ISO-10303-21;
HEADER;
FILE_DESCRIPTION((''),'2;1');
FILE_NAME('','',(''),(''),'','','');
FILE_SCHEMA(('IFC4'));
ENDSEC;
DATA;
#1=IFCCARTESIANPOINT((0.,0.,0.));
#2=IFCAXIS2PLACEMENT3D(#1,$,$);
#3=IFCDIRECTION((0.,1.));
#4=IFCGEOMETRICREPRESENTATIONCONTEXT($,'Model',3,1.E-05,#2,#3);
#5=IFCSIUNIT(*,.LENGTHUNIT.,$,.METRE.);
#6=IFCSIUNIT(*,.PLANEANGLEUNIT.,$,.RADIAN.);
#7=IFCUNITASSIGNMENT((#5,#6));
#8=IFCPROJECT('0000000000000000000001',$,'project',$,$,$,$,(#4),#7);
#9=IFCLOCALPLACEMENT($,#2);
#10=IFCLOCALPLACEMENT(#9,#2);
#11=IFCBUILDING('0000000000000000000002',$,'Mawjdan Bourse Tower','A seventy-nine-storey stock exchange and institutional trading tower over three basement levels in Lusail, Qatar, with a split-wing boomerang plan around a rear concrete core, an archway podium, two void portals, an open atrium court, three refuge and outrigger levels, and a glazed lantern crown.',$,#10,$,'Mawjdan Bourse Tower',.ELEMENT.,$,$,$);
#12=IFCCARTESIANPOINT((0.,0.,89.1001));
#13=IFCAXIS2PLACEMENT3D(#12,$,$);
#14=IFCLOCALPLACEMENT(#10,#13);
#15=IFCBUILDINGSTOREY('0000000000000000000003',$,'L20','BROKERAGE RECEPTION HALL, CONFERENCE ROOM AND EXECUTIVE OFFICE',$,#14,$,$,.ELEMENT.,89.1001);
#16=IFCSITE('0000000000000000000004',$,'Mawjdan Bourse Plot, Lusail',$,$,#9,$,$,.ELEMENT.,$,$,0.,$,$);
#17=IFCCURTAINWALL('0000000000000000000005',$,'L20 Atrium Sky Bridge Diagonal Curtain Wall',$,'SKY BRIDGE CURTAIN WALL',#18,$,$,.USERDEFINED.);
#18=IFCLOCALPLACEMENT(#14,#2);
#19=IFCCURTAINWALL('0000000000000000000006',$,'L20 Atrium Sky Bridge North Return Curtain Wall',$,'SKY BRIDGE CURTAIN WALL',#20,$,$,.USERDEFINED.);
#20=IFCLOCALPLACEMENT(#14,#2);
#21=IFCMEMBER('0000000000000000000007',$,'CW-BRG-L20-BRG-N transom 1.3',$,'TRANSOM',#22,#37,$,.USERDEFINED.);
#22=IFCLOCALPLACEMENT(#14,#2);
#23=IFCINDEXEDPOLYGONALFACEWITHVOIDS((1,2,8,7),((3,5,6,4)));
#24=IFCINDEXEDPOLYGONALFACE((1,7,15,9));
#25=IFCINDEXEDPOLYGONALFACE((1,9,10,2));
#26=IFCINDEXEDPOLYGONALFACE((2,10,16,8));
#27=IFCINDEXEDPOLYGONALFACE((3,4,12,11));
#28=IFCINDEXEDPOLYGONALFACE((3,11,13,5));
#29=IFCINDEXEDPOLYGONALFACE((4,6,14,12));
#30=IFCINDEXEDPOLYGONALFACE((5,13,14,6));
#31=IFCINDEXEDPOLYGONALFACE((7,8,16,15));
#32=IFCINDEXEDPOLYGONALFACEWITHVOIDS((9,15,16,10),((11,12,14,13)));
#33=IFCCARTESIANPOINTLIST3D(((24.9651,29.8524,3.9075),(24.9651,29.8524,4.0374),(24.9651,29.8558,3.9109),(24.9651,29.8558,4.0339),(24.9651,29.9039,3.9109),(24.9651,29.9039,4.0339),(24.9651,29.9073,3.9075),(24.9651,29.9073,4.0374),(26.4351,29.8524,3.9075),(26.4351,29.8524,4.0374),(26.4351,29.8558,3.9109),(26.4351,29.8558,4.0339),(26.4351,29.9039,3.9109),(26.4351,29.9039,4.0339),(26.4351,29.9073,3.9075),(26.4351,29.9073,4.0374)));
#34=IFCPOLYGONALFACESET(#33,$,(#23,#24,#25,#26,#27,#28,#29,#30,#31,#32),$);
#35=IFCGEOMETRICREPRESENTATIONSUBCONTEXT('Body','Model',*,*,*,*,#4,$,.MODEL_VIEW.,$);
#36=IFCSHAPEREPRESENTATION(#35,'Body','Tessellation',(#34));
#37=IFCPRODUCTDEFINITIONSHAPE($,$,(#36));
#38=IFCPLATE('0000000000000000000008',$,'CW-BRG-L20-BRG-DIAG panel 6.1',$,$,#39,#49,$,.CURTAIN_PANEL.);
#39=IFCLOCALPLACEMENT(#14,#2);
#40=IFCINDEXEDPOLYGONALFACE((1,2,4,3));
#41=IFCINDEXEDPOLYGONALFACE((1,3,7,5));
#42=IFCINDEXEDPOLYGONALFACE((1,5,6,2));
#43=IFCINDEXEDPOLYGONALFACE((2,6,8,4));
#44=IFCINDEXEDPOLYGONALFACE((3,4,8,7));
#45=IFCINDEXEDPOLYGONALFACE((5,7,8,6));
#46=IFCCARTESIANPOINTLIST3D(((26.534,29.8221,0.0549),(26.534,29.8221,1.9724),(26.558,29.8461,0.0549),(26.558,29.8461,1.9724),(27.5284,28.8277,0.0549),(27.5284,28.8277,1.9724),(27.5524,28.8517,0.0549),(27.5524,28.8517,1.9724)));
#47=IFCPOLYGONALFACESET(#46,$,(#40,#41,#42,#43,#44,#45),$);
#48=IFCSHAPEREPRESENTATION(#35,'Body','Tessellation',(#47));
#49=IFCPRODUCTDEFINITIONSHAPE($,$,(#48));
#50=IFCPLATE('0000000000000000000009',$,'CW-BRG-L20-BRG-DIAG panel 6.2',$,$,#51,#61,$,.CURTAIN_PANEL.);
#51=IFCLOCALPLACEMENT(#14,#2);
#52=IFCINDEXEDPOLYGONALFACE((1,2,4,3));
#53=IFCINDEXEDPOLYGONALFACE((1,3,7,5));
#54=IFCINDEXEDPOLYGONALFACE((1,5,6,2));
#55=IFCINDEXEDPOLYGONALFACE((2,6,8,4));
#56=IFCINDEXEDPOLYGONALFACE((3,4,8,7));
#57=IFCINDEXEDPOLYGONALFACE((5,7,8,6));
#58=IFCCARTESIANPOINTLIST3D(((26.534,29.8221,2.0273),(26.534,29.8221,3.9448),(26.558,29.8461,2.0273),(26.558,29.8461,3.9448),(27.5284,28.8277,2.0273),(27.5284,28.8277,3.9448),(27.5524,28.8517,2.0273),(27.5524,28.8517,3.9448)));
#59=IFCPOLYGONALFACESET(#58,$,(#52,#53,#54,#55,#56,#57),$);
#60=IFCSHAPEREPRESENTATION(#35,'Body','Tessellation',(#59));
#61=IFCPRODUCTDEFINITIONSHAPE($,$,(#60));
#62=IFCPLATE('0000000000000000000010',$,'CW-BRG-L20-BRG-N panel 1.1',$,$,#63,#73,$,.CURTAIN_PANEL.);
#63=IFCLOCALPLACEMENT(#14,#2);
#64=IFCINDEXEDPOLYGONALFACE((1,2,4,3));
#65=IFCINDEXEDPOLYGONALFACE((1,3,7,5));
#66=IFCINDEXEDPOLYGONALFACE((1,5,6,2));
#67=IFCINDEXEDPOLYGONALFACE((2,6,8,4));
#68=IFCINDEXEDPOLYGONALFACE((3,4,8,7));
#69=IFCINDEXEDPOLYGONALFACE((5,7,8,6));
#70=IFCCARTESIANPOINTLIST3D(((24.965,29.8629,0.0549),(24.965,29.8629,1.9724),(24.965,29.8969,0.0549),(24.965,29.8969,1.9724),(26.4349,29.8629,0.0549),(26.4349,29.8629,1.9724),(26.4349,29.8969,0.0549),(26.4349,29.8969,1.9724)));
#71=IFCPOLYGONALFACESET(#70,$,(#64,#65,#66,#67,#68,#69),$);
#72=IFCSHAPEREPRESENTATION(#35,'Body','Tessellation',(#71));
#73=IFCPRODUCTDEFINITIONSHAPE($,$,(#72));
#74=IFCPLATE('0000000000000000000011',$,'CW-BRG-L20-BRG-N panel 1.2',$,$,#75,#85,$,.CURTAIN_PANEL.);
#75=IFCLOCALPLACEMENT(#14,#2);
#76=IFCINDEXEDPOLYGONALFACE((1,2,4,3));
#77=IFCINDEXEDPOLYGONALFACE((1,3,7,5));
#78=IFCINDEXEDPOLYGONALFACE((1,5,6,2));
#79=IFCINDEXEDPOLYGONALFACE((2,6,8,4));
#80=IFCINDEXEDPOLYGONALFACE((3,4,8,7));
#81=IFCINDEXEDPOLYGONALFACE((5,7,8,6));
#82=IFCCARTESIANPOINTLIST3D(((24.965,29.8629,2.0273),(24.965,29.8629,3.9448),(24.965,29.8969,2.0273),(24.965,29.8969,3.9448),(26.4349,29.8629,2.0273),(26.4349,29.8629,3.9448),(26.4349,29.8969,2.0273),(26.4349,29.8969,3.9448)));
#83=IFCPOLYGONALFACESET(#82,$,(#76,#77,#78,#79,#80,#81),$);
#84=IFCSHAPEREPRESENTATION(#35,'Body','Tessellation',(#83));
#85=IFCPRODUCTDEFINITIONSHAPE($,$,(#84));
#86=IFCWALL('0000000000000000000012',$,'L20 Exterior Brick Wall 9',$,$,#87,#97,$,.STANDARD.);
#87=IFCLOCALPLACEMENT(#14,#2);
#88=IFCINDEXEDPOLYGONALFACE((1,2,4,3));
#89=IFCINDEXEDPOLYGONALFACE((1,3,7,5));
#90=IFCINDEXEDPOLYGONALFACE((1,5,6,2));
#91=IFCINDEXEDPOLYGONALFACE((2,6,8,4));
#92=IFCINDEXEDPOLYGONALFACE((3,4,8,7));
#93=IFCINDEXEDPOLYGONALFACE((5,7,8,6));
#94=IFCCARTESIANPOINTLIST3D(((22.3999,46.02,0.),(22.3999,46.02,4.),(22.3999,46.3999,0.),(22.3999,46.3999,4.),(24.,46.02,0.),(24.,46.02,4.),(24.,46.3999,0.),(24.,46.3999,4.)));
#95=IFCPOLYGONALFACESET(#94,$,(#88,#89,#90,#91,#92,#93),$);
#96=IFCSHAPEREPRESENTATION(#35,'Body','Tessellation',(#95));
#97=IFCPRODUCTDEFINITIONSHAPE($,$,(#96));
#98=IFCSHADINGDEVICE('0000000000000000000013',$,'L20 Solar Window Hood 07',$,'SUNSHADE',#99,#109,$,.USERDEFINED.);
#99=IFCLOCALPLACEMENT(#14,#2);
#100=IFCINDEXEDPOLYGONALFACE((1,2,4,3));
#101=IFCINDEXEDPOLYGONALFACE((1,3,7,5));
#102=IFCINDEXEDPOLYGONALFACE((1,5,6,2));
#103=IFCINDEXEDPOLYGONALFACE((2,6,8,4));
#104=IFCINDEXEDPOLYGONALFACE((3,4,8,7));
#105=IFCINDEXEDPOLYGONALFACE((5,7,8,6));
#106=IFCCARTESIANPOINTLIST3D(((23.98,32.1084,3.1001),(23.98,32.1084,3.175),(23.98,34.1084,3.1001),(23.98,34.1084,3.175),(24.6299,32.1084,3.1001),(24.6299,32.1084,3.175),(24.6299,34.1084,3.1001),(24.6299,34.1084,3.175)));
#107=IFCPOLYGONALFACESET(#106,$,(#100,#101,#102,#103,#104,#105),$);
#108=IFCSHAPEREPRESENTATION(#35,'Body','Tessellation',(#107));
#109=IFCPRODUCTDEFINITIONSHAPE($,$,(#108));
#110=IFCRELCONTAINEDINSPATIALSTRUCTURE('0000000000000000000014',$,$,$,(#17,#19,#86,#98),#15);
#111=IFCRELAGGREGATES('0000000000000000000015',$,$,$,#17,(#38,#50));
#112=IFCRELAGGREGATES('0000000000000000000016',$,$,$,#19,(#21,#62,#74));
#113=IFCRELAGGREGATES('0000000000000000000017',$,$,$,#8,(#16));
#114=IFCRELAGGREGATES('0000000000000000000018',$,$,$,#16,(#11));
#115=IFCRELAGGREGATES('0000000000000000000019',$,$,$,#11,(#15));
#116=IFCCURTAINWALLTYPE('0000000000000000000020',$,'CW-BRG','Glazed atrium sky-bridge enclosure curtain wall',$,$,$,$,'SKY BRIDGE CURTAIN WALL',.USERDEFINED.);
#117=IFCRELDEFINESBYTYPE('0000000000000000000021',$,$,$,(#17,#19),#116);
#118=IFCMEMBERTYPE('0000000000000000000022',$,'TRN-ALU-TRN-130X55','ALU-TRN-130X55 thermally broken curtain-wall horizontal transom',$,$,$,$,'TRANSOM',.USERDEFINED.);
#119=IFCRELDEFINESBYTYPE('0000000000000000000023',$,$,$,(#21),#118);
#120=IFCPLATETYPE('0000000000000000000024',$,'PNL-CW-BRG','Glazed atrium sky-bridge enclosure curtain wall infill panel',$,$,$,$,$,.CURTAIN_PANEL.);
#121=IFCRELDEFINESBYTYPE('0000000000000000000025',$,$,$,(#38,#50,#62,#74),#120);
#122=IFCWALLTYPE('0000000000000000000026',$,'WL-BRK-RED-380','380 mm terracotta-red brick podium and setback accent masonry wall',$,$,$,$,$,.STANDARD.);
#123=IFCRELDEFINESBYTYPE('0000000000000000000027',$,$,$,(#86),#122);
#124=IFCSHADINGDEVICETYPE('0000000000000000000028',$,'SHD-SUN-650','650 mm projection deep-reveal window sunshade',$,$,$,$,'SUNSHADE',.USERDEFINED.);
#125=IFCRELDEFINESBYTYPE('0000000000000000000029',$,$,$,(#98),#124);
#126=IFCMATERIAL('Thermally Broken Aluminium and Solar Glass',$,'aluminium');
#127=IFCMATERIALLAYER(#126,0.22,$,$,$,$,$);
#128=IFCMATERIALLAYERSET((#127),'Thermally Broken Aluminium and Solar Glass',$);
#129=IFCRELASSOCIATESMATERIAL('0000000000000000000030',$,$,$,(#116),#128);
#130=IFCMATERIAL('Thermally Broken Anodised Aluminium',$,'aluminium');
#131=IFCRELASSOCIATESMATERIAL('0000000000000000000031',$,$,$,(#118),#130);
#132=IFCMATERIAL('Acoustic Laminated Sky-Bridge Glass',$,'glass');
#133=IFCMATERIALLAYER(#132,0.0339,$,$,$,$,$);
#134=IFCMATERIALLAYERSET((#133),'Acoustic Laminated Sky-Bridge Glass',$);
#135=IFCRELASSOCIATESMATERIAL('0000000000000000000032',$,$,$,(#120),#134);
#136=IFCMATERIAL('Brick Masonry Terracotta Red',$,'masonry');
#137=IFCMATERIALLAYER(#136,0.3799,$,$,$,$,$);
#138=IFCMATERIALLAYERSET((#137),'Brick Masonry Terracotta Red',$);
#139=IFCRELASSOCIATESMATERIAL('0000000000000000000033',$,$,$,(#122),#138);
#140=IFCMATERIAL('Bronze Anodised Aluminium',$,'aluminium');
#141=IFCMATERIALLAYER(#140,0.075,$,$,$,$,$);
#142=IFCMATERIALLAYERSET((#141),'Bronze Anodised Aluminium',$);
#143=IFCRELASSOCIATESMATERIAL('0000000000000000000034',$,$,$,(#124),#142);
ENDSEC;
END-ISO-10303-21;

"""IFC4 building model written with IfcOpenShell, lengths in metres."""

from ifc_helpers import new_model, si_unit, direction, frame, frame_2d, origin, origin_2d, place, context, subcontext, project, spatial, rectangle, hollow_rectangle, extrude, material, layer, layer_set, material_profile, profile_set, type_object, element, aggregate, save


model = new_model("IFC4")

# Units and contexts
model_context = context("Model", 3, precision=1e-05, world=origin(), true_north=direction((0.0, 1.0)))
body_context = subcontext(model_context, "Body", "Model", "MODEL_VIEW")
ifc_project = project(units=[si_unit("LENGTHUNIT", "METRE"), si_unit("PLANEANGLEUNIT", "RADIAN")], contexts=[model_context])

# Site, building, storey
site_placement = place(None, origin())
site = spatial("IfcSite", under=ifc_project, at=site_placement, Name="Mawjdan Bourse Plot, Lusail", CompositionType="ELEMENT", RefElevation=0.0)
building_placement = place(site_placement, origin())
building = spatial("IfcBuilding", under=site, at=building_placement, Name="Mawjdan Bourse Tower", Description="A seventy-nine-storey stock exchange and institutional trading tower over three basement levels in Lusail, Qatar, with a split-wing boomerang plan around a rear concrete core, an archway podium, two void portals, an open atrium court, three refuge and outrigger levels, and a glazed lantern crown.", LongName="Mawjdan Bourse Tower", CompositionType="ELEMENT")
storey_placement = place(building_placement, frame((0.0, 0.0, 89.1001)))
storey = spatial("IfcBuildingStorey", under=building, at=storey_placement, Name="L20", Description="BROKERAGE RECEPTION HALL, CONFERENCE ROOM AND EXECUTIVE OFFICE", CompositionType="ELEMENT", Elevation=89.1001)

# Curtain wall
ifc_material_1 = material(Name="Thermally Broken Aluminium and Solar Glass", Category="aluminium")
ifc_layer_1 = layer(ifc_material_1, 0.22)
ifc_layer_set_1 = layer_set([ifc_layer_1], Name="Thermally Broken Aluminium and Solar Glass")
curtain_wall_type = type_object("IfcCurtainWallType", Name="CW-BRG", Description="Glazed atrium sky-bridge enclosure curtain wall", ElementType="SKY BRIDGE CURTAIN WALL", PredefinedType="USERDEFINED", material=ifc_layer_set_1)
curtain_wall_1_placement = place(storey_placement, origin())
curtain_wall_1 = element("IfcCurtainWall", 1, at=curtain_wall_1_placement, inside=storey, type_object=curtain_wall_type, Name="L20 Atrium Sky Bridge Diagonal Curtain Wall", ObjectType="SKY BRIDGE CURTAIN WALL", PredefinedType="USERDEFINED")
ifc_material_2 = material(Name="Thermally Broken Anodised Aluminium", Category="aluminium")

# Curtain wall
curtain_wall_2_placement = place(storey_placement, origin())
curtain_wall_2 = element("IfcCurtainWall", 2, at=curtain_wall_2_placement, inside=storey, type_object=curtain_wall_type, Name="L20 Atrium Sky Bridge North Return Curtain Wall", ObjectType="SKY BRIDGE CURTAIN WALL", PredefinedType="USERDEFINED")

# Member
ifc_material_profile_1 = material_profile(ifc_material_2, hollow_rectangle(XDim=0.0549, YDim=0.1299, WallThickness=0.0034, at=origin_2d()), Name="ALU-TRN-130X55")
ifc_profile_set_1 = profile_set([ifc_material_profile_1], Name="Thermally Broken Anodised Aluminium")
member_type_1 = type_object("IfcMemberType", Name="TRN-ALU-TRN-130X55", Description="ALU-TRN-130X55 thermally broken curtain-wall horizontal transom", ElementType="TRANSOM", PredefinedType="USERDEFINED", material=ifc_profile_set_1)
member_1_placement = place(storey_placement, frame((26.4351, 29.8799, 3.9724), z_axis=(-1.0, 0.0, 0.0), x_axis=(0.0, -1.0, 0.0)))
member_1 = element("IfcMember", 3, at=member_1_placement, type_object=member_type_1, Name="CW-BRG-L20-BRG-N transom 1.3", ObjectType="TRANSOM", PredefinedType="USERDEFINED", context=body_context, shape_type="SweptSolid", body=[
    extrude(hollow_rectangle(XDim=0.0549, YDim=0.1299, WallThickness=0.0034, at=origin_2d()), origin(), (0.0, 0.0, 1.0), 1.47),
])

# Plates
ifc_material_3 = material(Name="Acoustic Laminated Sky-Bridge Glass", Category="glass")
ifc_layer_2 = layer(ifc_material_3, 0.0339)
ifc_layer_set_2 = layer_set([ifc_layer_2], Name="Acoustic Laminated Sky-Bridge Glass")
plate_type = type_object("IfcPlateType", Name="PNL-CW-BRG", Description="Glazed atrium sky-bridge enclosure curtain wall infill panel", PredefinedType="CURTAIN_PANEL", material=ifc_layer_set_2)
plate_1_placement = place(storey_placement, frame((27.0432, 29.3369, 0.0549), z_axis=(0.0, 0.0, 1.0), x_axis=(-0.707107, 0.707107, 0.0)))
plate_1 = element("IfcPlate", 4, at=plate_1_placement, type_object=plate_type, Name="CW-BRG-L20-BRG-DIAG panel 6.1", PredefinedType="CURTAIN_PANEL", context=body_context, shape_type="SweptSolid", body=[
    extrude(rectangle(XDim=1.4062, YDim=0.0339, at=origin_2d()), origin(), (0.0, 0.0, 1.0), 1.9175),
])
plate_2_placement = place(storey_placement, frame((27.0432, 29.3369, 2.0273), z_axis=(0.0, 0.0, 1.0), x_axis=(-0.707107, 0.707107, 0.0)))
plate_2 = element("IfcPlate", 5, at=plate_2_placement, type_object=plate_type, Name="CW-BRG-L20-BRG-DIAG panel 6.2", PredefinedType="CURTAIN_PANEL", context=body_context, shape_type="SweptSolid", body=[
    extrude(rectangle(XDim=1.4062, YDim=0.0339, at=origin_2d()), origin(), (0.0, 0.0, 1.0), 1.9175),
])
aggregate(curtain_wall_1, [plate_1, plate_2])
plate_3_placement = place(storey_placement, frame((25.7, 29.8799, 0.0549), z_axis=(0.0, 0.0, 1.0), x_axis=(-1.0, 0.0, 0.0)))
plate_3 = element("IfcPlate", 6, at=plate_3_placement, type_object=plate_type, Name="CW-BRG-L20-BRG-N panel 1.1", PredefinedType="CURTAIN_PANEL", context=body_context, shape_type="SweptSolid", body=[
    extrude(rectangle(XDim=1.47, YDim=0.0339, at=origin_2d()), origin(), (0.0, 0.0, 1.0), 1.9175),
])
plate_4_placement = place(storey_placement, frame((25.7, 29.8799, 2.0273), z_axis=(0.0, 0.0, 1.0), x_axis=(-1.0, 0.0, 0.0)))
plate_4 = element("IfcPlate", 7, at=plate_4_placement, type_object=plate_type, Name="CW-BRG-L20-BRG-N panel 1.2", PredefinedType="CURTAIN_PANEL", context=body_context, shape_type="SweptSolid", body=[
    extrude(rectangle(XDim=1.47, YDim=0.0339, at=origin_2d()), origin(), (0.0, 0.0, 1.0), 1.9175),
])
aggregate(curtain_wall_2, [member_1, plate_3, plate_4])

# Wall
ifc_material_4 = material(Name="Brick Masonry Terracotta Red", Category="masonry")
ifc_layer_3 = layer(ifc_material_4, 0.3799)
ifc_layer_set_3 = layer_set([ifc_layer_3], Name="Brick Masonry Terracotta Red")
wall_type = type_object("IfcWallType", Name="WL-BRK-RED-380", Description="380 mm terracotta-red brick podium and setback accent masonry wall", PredefinedType="STANDARD", material=ifc_layer_set_3)
wall_placement = place(storey_placement, frame((24.0, 46.21, 0.0), z_axis=(0.0, 0.0, 1.0), x_axis=(-1.0, 0.0, 0.0)))
element("IfcWall", 8, at=wall_placement, inside=storey, type_object=wall_type, Name="L20 Exterior Brick Wall 9", PredefinedType="STANDARD", context=body_context, shape_type="SweptSolid", body=[
    extrude(rectangle(XDim=1.6001, YDim=0.3799, at=frame_2d((0.8, 0.0))), origin(), (0.0, 0.0, 1.0), 4.0),
])

# Shading device
ifc_material_5 = material(Name="Bronze Anodised Aluminium", Category="aluminium")
ifc_layer_4 = layer(ifc_material_5, 0.075)
ifc_layer_set_4 = layer_set([ifc_layer_4], Name="Bronze Anodised Aluminium")
shading_device_type = type_object("IfcShadingDeviceType", Name="SHD-SUN-650", Description="650 mm projection deep-reveal window sunshade", ElementType="SUNSHADE", PredefinedType="USERDEFINED", material=ifc_layer_set_4)
shading_device_placement = place(storey_placement, frame((24.3049, 33.1084, 3.1001), z_axis=(0.0, 0.0, 1.0), x_axis=(0.0, 1.0, 0.0)))
element("IfcShadingDevice", 9, at=shading_device_placement, inside=storey, type_object=shading_device_type, Name="L20 Solar Window Hood 07", ObjectType="SUNSHADE", PredefinedType="USERDEFINED", context=body_context, shape_type="SweptSolid", body=[
    extrude(rectangle(XDim=2.0, YDim=0.6499, at=origin_2d()), origin(), (0.0, 0.0, 1.0), 0.075),
])

save(model, "model.ifc")
